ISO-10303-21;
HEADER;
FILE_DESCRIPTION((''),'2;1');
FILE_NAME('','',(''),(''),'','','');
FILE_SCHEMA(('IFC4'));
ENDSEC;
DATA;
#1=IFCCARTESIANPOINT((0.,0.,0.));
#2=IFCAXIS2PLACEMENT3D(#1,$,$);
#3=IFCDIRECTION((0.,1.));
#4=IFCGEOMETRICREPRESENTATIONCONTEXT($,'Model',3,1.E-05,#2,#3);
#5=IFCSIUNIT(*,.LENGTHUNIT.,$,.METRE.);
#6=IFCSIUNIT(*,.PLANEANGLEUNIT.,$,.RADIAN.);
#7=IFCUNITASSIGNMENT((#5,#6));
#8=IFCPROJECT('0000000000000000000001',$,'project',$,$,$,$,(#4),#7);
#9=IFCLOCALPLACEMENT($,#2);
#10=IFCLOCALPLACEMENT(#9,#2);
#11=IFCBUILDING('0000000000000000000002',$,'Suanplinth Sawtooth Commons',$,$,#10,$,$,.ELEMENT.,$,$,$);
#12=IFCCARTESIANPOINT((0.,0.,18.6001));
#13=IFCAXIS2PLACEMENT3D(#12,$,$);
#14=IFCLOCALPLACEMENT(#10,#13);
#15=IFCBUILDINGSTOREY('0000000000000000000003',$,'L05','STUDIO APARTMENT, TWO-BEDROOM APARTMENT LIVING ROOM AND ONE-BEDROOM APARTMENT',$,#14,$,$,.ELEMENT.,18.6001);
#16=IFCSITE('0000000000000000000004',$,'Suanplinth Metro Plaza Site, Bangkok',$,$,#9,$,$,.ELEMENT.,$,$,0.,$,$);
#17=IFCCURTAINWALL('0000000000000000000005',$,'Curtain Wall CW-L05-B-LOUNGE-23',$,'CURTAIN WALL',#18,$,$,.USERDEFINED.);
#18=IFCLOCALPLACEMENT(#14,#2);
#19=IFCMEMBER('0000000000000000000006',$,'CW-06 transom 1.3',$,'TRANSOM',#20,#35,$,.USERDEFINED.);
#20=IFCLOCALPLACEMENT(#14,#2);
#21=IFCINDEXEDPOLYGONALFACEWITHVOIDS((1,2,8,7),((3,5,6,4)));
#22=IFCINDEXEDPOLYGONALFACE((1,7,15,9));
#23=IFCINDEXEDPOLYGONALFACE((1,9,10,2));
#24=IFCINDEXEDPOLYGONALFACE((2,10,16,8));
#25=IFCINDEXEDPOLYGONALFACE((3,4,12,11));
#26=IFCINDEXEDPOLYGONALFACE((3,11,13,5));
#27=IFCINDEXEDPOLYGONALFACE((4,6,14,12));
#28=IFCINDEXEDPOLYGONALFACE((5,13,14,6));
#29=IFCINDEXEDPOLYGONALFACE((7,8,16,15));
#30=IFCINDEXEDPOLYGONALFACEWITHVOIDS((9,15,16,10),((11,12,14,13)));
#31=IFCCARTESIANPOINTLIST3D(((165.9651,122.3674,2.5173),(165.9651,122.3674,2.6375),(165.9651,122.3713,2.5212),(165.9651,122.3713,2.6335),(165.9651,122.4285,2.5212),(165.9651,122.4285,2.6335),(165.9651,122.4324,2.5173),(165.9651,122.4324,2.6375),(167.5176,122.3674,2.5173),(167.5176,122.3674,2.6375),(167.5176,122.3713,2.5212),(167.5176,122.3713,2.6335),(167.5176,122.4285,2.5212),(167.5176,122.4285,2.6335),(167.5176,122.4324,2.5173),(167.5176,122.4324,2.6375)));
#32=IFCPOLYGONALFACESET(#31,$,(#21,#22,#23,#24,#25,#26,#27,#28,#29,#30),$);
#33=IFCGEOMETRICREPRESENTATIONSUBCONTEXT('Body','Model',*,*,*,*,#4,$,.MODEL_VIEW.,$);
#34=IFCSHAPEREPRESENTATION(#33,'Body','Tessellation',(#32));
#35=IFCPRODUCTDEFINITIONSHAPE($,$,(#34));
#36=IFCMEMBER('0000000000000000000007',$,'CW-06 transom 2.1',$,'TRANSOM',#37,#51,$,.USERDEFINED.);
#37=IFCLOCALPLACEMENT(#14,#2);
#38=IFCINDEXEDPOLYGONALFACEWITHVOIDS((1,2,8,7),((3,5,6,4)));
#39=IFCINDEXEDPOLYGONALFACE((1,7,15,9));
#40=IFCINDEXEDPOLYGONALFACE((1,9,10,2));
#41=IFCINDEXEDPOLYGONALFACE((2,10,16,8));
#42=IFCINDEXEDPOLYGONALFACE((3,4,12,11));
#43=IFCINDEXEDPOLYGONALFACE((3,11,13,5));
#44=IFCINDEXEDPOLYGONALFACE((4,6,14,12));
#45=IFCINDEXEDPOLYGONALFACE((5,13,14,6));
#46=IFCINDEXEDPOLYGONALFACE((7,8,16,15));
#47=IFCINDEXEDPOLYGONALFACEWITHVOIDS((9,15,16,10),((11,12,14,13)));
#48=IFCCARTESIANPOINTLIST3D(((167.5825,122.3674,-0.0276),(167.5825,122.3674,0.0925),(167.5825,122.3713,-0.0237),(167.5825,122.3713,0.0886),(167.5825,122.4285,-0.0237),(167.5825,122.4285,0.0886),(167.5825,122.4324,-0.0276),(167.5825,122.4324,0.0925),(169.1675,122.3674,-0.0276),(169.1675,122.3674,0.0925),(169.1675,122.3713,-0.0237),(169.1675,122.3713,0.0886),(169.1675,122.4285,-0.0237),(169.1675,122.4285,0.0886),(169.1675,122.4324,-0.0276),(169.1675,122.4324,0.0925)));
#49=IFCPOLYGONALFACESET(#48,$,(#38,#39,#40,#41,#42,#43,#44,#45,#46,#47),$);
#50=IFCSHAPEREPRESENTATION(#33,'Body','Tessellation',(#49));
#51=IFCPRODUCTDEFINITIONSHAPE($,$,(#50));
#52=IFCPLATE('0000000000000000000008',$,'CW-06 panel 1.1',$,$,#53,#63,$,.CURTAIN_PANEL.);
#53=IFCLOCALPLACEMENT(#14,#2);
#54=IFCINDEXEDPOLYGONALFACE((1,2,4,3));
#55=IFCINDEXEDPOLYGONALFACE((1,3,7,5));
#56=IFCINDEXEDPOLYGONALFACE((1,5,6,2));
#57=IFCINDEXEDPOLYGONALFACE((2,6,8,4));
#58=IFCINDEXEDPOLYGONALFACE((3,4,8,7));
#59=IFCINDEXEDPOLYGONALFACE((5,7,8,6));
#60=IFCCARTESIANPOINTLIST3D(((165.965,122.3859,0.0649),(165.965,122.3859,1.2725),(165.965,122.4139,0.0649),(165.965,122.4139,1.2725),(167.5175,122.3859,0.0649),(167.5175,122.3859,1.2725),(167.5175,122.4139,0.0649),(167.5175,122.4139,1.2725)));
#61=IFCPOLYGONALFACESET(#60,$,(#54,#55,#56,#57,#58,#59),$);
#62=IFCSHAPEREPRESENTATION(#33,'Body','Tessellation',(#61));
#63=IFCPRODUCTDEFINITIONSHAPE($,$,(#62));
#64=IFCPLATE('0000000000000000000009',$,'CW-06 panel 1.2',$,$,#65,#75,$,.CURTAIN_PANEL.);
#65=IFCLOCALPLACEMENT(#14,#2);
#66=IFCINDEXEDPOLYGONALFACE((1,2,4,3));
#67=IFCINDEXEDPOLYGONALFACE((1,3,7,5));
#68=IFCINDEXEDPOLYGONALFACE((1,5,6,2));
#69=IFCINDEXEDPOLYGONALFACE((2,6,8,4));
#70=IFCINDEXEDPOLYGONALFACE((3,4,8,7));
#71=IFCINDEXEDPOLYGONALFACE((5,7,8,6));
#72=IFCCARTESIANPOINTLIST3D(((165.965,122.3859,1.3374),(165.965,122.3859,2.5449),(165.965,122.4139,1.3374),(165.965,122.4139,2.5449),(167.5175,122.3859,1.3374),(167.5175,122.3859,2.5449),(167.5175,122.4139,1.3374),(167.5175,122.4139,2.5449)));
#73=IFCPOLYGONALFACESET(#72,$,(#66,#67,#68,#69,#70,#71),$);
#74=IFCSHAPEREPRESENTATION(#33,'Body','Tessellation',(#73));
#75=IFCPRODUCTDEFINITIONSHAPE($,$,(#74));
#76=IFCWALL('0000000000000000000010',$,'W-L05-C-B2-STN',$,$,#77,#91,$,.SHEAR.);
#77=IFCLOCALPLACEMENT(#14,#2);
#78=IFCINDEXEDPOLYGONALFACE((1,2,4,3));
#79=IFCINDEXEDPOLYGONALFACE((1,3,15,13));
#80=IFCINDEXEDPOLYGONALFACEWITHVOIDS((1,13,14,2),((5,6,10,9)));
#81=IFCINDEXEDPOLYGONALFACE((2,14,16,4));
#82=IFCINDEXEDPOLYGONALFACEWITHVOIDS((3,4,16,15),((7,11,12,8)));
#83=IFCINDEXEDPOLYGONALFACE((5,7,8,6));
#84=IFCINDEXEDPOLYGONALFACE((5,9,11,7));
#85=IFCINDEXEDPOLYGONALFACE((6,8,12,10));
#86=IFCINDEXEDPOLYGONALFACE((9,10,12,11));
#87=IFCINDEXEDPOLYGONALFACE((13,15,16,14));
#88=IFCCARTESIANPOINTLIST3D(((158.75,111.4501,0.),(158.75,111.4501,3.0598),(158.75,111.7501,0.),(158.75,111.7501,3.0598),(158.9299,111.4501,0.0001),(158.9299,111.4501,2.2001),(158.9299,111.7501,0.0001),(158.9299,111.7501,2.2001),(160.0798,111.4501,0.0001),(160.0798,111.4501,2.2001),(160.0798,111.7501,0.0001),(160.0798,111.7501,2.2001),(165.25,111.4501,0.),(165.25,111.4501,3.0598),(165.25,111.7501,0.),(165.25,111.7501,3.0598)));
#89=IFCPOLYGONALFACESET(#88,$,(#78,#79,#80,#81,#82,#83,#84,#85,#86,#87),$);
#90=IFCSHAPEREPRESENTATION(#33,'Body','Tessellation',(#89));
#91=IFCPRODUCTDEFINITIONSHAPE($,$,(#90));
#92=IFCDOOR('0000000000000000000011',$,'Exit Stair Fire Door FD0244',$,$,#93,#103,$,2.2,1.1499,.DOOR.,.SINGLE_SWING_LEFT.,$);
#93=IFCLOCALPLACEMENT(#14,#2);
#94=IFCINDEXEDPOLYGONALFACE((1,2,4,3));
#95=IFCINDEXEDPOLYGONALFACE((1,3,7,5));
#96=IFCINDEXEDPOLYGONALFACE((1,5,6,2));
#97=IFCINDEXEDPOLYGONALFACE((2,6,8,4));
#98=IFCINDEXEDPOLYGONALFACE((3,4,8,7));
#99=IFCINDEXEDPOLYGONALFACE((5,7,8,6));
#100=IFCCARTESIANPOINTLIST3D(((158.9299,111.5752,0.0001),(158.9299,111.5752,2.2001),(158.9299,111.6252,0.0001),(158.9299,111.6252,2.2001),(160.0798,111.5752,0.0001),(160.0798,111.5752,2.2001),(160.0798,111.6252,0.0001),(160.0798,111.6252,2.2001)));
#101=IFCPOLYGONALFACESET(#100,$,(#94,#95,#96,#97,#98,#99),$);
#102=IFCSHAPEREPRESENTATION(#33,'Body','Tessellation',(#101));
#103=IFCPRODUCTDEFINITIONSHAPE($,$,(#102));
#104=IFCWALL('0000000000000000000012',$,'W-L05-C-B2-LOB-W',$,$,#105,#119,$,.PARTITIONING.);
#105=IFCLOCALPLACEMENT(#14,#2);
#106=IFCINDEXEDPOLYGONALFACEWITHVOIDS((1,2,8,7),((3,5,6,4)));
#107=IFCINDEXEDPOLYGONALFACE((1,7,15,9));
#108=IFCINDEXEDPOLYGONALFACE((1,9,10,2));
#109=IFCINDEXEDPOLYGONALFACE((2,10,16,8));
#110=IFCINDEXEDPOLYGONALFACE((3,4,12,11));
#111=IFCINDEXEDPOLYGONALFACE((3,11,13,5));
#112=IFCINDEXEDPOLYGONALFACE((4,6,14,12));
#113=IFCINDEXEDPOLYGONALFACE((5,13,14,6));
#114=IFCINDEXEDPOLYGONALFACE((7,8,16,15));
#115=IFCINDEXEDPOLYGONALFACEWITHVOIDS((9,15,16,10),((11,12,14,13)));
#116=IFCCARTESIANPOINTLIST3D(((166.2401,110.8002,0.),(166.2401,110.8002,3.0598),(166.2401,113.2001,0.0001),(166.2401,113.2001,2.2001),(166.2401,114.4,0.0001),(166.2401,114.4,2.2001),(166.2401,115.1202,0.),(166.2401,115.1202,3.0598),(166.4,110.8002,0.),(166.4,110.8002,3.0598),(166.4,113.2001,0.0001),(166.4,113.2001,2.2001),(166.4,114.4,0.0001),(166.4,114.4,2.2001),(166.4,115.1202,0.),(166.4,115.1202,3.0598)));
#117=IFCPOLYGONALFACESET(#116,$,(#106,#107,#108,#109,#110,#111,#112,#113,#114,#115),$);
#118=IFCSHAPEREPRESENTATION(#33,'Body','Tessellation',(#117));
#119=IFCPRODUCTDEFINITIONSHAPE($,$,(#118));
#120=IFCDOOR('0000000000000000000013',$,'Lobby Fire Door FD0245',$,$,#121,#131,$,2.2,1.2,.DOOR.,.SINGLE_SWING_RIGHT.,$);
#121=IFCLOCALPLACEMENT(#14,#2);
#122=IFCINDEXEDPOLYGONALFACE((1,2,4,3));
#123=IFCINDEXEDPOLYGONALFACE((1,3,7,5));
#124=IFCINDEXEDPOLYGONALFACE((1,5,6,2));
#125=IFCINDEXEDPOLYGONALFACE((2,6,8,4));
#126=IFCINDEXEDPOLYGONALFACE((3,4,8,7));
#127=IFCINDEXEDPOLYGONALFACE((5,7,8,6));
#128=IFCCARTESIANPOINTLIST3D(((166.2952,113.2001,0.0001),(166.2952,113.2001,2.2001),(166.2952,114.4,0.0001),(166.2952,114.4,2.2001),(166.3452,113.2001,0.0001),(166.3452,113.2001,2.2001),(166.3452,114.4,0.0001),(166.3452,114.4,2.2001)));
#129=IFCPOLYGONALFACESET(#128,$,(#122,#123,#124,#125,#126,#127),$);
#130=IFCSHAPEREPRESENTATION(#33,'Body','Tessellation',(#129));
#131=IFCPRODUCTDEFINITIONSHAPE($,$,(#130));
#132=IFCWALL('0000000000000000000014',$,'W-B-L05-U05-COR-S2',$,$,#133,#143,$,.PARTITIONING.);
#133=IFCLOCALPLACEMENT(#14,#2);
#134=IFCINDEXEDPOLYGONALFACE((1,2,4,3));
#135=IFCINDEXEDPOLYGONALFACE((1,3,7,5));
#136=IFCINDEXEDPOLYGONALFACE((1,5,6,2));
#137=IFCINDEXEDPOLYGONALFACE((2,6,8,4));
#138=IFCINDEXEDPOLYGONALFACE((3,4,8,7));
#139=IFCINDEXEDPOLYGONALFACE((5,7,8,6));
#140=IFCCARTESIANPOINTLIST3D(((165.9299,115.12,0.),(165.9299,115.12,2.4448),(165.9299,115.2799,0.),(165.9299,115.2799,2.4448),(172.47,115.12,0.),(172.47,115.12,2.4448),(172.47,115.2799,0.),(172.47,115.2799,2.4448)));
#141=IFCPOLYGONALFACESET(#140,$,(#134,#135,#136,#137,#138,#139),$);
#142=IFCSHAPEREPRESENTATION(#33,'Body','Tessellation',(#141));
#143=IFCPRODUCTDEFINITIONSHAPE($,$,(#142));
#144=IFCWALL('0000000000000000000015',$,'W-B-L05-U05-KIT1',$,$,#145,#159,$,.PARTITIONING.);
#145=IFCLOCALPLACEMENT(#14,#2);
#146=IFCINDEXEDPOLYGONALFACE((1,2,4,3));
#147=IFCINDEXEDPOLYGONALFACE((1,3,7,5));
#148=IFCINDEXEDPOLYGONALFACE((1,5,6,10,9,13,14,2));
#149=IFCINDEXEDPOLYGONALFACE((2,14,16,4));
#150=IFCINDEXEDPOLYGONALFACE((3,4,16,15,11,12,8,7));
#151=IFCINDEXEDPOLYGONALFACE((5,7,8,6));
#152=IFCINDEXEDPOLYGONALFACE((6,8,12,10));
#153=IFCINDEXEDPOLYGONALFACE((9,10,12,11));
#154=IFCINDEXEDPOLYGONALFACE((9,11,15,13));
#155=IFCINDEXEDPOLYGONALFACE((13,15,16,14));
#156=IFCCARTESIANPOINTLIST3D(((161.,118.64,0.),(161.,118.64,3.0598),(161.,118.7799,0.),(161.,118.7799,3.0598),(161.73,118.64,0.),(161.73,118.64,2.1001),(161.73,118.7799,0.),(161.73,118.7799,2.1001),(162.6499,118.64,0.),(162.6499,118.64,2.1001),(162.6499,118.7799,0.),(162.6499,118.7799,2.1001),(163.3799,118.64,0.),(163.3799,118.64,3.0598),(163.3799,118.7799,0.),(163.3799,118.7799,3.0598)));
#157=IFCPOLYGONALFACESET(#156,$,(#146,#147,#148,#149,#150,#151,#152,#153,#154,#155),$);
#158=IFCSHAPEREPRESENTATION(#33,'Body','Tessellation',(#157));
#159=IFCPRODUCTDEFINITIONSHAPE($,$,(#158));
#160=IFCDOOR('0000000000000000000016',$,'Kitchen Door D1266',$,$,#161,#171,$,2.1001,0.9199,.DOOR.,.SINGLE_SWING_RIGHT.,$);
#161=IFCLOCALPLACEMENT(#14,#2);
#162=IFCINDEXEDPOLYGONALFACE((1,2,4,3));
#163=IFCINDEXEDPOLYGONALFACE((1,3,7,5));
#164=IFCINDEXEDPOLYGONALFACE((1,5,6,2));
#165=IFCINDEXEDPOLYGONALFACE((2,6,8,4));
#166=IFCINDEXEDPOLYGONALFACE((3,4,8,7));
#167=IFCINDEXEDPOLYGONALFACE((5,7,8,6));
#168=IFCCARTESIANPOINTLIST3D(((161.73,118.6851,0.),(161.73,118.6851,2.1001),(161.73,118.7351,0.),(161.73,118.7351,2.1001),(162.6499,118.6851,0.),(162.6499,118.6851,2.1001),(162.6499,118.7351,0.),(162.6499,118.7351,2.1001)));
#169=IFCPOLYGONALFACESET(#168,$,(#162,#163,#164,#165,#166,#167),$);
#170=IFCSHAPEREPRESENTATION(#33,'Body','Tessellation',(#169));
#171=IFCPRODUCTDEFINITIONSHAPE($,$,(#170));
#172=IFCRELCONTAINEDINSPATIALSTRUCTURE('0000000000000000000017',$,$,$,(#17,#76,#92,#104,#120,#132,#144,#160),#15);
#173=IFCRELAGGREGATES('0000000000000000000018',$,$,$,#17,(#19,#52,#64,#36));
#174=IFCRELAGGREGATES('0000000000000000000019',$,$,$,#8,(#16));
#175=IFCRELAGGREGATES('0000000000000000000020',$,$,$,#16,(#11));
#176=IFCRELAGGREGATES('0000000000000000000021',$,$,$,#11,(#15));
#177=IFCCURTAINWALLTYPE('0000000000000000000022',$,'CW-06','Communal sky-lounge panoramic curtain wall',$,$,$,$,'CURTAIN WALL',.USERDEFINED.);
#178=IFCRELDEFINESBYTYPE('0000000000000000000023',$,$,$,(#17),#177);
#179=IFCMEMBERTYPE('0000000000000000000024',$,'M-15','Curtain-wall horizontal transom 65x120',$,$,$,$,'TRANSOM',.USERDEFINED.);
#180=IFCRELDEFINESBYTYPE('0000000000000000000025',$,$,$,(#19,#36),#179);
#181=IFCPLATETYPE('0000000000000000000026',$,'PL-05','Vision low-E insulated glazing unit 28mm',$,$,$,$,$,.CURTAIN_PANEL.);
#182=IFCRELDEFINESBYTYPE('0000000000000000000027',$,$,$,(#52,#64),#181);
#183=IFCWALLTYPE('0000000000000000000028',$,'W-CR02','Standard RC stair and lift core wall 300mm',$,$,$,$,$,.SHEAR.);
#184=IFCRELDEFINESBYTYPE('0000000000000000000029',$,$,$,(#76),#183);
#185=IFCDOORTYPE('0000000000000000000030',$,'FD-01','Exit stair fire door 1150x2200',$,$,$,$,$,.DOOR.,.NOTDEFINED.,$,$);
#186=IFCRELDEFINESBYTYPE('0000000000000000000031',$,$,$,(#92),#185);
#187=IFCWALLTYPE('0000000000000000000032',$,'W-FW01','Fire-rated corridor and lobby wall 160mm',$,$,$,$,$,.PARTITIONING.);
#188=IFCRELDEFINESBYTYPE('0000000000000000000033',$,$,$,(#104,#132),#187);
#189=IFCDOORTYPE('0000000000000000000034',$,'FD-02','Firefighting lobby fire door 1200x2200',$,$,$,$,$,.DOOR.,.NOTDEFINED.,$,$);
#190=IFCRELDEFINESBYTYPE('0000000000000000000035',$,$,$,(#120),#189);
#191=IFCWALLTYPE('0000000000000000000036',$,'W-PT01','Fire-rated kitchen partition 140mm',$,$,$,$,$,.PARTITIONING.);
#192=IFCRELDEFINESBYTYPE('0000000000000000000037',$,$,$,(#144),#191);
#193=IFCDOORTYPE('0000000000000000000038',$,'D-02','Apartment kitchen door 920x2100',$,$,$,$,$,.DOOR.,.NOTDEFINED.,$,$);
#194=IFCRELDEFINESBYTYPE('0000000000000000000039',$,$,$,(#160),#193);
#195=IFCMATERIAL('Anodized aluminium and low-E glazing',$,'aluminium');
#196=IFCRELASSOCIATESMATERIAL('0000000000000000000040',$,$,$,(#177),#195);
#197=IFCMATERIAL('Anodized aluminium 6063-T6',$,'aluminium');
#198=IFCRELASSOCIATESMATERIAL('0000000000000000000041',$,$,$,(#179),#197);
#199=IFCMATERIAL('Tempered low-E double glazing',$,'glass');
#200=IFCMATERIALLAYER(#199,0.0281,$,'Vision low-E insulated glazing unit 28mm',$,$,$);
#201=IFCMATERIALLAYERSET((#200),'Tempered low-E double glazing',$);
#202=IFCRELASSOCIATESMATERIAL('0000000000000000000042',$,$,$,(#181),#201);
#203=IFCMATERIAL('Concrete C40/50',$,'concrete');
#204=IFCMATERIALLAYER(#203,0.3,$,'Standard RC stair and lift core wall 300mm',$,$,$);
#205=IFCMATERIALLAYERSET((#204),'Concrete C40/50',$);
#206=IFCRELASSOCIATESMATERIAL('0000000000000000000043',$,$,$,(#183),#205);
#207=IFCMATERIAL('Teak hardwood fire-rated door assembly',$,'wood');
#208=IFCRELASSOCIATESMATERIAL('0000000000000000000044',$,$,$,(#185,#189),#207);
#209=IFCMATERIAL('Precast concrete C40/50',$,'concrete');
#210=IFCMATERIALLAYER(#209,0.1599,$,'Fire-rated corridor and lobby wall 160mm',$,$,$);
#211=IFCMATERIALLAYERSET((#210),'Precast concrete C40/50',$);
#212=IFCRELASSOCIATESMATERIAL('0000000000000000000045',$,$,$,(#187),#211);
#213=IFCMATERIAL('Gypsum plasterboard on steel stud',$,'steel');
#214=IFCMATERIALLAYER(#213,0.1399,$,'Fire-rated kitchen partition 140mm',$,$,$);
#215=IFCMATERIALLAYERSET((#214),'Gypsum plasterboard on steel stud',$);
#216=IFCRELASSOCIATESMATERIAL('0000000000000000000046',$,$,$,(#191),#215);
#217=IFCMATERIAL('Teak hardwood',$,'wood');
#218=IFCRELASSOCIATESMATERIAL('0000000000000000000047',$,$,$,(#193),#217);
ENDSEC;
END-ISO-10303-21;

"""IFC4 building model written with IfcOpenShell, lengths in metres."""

from ifc_helpers import new_model, si_unit, direction, frame, frame_2d, origin, origin_2d, place, context, subcontext, project, spatial, rectangle, hollow_rectangle, extrude, material, layer, layer_set, material_profile, profile_set, type_object, element, fill, aggregate, save


model = new_model("IFC4")

# Units and contexts
model_context = context("Model", 3, precision=1e-05, world=origin(), true_north=direction((0.0, 1.0)))
body_context = subcontext(model_context, "Body", "Model", "MODEL_VIEW")
ifc_project = project(units=[si_unit("LENGTHUNIT", "METRE"), si_unit("PLANEANGLEUNIT", "RADIAN")], contexts=[model_context])

# Site, building, storey
site_placement = place(None, origin())
site = spatial("IfcSite", under=ifc_project, at=site_placement, Name="Suanplinth Metro Plaza Site, Bangkok", CompositionType="ELEMENT", RefElevation=0.0)
building_placement = place(site_placement, origin())
building = spatial("IfcBuilding", under=site, at=building_placement, Name="Suanplinth Sawtooth Commons", CompositionType="ELEMENT")
storey_placement = place(building_placement, frame((0.0, 0.0, 18.6001)))
storey = spatial("IfcBuildingStorey", under=building, at=storey_placement, Name="L05", Description="STUDIO APARTMENT, TWO-BEDROOM APARTMENT LIVING ROOM AND ONE-BEDROOM APARTMENT", CompositionType="ELEMENT", Elevation=18.6001)

# Shared definitions
ifc_material_1 = material(Name="Precast concrete C40/50", Category="concrete")

# Curtain wall, members, plates
ifc_material_2 = material(Name="Anodized aluminium and low-E glazing", Category="aluminium")
curtain_wall_type = type_object("IfcCurtainWallType", Name="CW-06", Description="Communal sky-lounge panoramic curtain wall", ElementType="CURTAIN WALL", PredefinedType="USERDEFINED", material=ifc_material_2)
curtain_wall_placement = place(storey_placement, origin())
curtain_wall = element("IfcCurtainWall", 1, at=curtain_wall_placement, inside=storey, type_object=curtain_wall_type, Name="Curtain Wall CW-L05-B-LOUNGE-23", ObjectType="CURTAIN WALL", PredefinedType="USERDEFINED")
ifc_material_3 = material(Name="Anodized aluminium 6063-T6", Category="aluminium")
ifc_material_profile_1 = material_profile(ifc_material_3, hollow_rectangle(XDim=0.0649, YDim=0.1201, WallThickness=0.0039, at=origin_2d()), Name="ALU-TRN 65x120")
ifc_profile_set_1 = profile_set([ifc_material_profile_1], Name="Anodized aluminium 6063-T6")
member_type_1 = type_object("IfcMemberType", Name="M-15", Description="Curtain-wall horizontal transom 65x120", ElementType="TRANSOM", PredefinedType="USERDEFINED", material=ifc_profile_set_1)
member_1_placement = place(storey_placement, frame((165.9651, 122.3999, 2.5774), z_axis=(1.0, 0.0, 0.0), x_axis=(0.0, 1.0, 0.0)))
member_1 = element("IfcMember", 2, at=member_1_placement, type_object=member_type_1, Name="CW-06 transom 1.3", ObjectType="TRANSOM", PredefinedType="USERDEFINED", context=body_context, shape_type="SweptSolid", body=[
    extrude(hollow_rectangle(XDim=0.0649, YDim=0.1201, WallThickness=0.0039, at=origin_2d()), origin(), (0.0, 0.0, 1.0), 1.5525),
])
member_2_placement = place(storey_placement, frame((167.5825, 122.3999, 0.0325), z_axis=(1.0, 0.0, 0.0), x_axis=(0.0, 1.0, 0.0)))
member_2 = element("IfcMember", 3, at=member_2_placement, type_object=member_type_1, Name="CW-06 transom 2.1", ObjectType="TRANSOM", PredefinedType="USERDEFINED", context=body_context, shape_type="SweptSolid", body=[
    extrude(hollow_rectangle(XDim=0.0649, YDim=0.1201, WallThickness=0.0039, at=origin_2d()), origin(), (0.0, 0.0, 1.0), 1.585),
])
ifc_material_4 = material(Name="Tempered low-E double glazing", Category="glass")
ifc_layer_1 = layer(ifc_material_4, 0.0281, Name="Vision low-E insulated glazing unit 28mm")
ifc_layer_set_1 = layer_set([ifc_layer_1], Name="Tempered low-E double glazing")
plate_type = type_object("IfcPlateType", Name="PL-05", Description="Vision low-E insulated glazing unit 28mm", PredefinedType="CURTAIN_PANEL", material=ifc_layer_set_1)
plate_1_placement = place(storey_placement, frame((166.7412, 122.3999, 0.0649), z_axis=(0.0, 0.0, 1.0), x_axis=(1.0, 0.0, 0.0)))
plate_1 = element("IfcPlate", 4, at=plate_1_placement, type_object=plate_type, Name="CW-06 panel 1.1", PredefinedType="CURTAIN_PANEL", context=body_context, shape_type="SweptSolid", body=[
    extrude(rectangle(XDim=1.5525, YDim=0.0281, at=origin_2d()), origin(), (0.0, 0.0, 1.0), 1.2075),
])
plate_2_placement = place(storey_placement, frame((166.7412, 122.3999, 1.3374), z_axis=(0.0, 0.0, 1.0), x_axis=(1.0, 0.0, 0.0)))
plate_2 = element("IfcPlate", 5, at=plate_2_placement, type_object=plate_type, Name="CW-06 panel 1.2", PredefinedType="CURTAIN_PANEL", context=body_context, shape_type="SweptSolid", body=[
    extrude(rectangle(XDim=1.5525, YDim=0.0281, at=origin_2d()), origin(), (0.0, 0.0, 1.0), 1.2075),
])
aggregate(curtain_wall, [member_1, plate_1, plate_2, member_2])

# Wall, opening, door
ifc_material_5 = material(Name="Concrete C40/50", Category="concrete")
ifc_layer_2 = layer(ifc_material_5, 0.3, Name="Standard RC stair and lift core wall 300mm")
ifc_layer_set_2 = layer_set([ifc_layer_2], Name="Concrete C40/50")
wall_type_1 = type_object("IfcWallType", Name="W-CR02", Description="Standard RC stair and lift core wall 300mm", PredefinedType="SHEAR", material=ifc_layer_set_2)
wall_1_placement = place(storey_placement, frame((158.75, 111.6001, 0.0), z_axis=(0.0, 0.0, 1.0), x_axis=(1.0, 0.0, 0.0)))
wall_1 = element("IfcWall", 6, at=wall_1_placement, inside=storey, type_object=wall_type_1, Name="W-L05-C-B2-STN", PredefinedType="SHEAR", context=body_context, shape_type="SweptSolid", body=[
    extrude(rectangle(XDim=6.5, YDim=0.3, at=frame_2d((3.25, 0.0))), origin(), (0.0, 0.0, 1.0), 3.0598),
])
opening_1_placement = place(wall_1_placement, frame((0.1799, 0.0, 0.0)))
opening_1 = element("IfcOpeningElement", 7, at=opening_1_placement, cuts=wall_1, PredefinedType="OPENING", context=body_context, shape_type="SweptSolid", body=[
    extrude(rectangle(XDim=1.1499, YDim=2.2, at=frame_2d((0.575, 1.1001))), frame((0.0, 0.165, 0.0), z_axis=(0.0, -1.0, 0.0), x_axis=(1.0, 0.0, 0.0)), (0.0, 0.0, 1.0), 0.3298),
])
ifc_material_6 = material(Name="Teak hardwood fire-rated door assembly", Category="wood")
door_type_1 = type_object("IfcDoorType", Name="FD-01", Description="Exit stair fire door 1150x2200", OperationType="NOTDEFINED", PredefinedType="DOOR", material=ifc_material_6)
door_1_placement = place(opening_1_placement, frame((1.1499, 0.0, 0.0), z_axis=(0.0, 0.0, 1.0), x_axis=(-1.0, 0.0, 0.0)))
door_1 = element("IfcDoor", 8, at=door_1_placement, inside=storey, type_object=door_type_1, Name="Exit Stair Fire Door FD0244", OperationType="SINGLE_SWING_LEFT", OverallHeight=2.2, OverallWidth=1.1499, PredefinedType="DOOR", context=body_context, shape_type="SweptSolid", body=[
    extrude(rectangle(XDim=1.1499, YDim=2.2, at=frame_2d((0.575, 1.1001))), frame((0.0, 0.0249, 0.0), z_axis=(0.0, -1.0, 0.0), x_axis=(1.0, 0.0, 0.0)), (0.0, 0.0, 1.0), 0.05),
])
fill(opening_1, door_1)

# Wall, opening, door
ifc_layer_3 = layer(ifc_material_1, 0.1599, Name="Fire-rated corridor and lobby wall 160mm")
ifc_layer_set_3 = layer_set([ifc_layer_3], Name="Precast concrete C40/50")
wall_type_2 = type_object("IfcWallType", Name="W-FW01", Description="Fire-rated corridor and lobby wall 160mm", PredefinedType="PARTITIONING", material=ifc_layer_set_3)
wall_2_placement = place(storey_placement, frame((166.3201, 110.8, 0.0), z_axis=(0.0, 0.0, 1.0), x_axis=(0.0, 1.0, 0.0)))
wall_2 = element("IfcWall", 9, at=wall_2_placement, inside=storey, type_object=wall_type_2, Name="W-L05-C-B2-LOB-W", PredefinedType="PARTITIONING", context=body_context, shape_type="SweptSolid", body=[
    extrude(rectangle(XDim=4.3201, YDim=0.1599, at=frame_2d((2.1602, 0.0))), origin(), (0.0, 0.0, 1.0), 3.0598),
])
opening_2_placement = place(wall_2_placement, frame((2.3999, 0.0, 0.0)))
opening_2 = element("IfcOpeningElement", 10, at=opening_2_placement, cuts=wall_2, PredefinedType="OPENING", context=body_context, shape_type="SweptSolid", body=[
    extrude(rectangle(XDim=1.2, YDim=2.2, at=frame_2d((0.6001, 1.1001))), frame((0.0, 0.0947, 0.0), z_axis=(0.0, -1.0, 0.0), x_axis=(1.0, 0.0, 0.0)), (0.0, 0.0, 1.0), 0.1897),
])
door_type_2 = type_object("IfcDoorType", Name="FD-02", Description="Firefighting lobby fire door 1200x2200", OperationType="NOTDEFINED", PredefinedType="DOOR", material=ifc_material_6)
door_2_placement = place(opening_2_placement, origin())
door_2 = element("IfcDoor", 11, at=door_2_placement, inside=storey, type_object=door_type_2, Name="Lobby Fire Door FD0245", OperationType="SINGLE_SWING_RIGHT", OverallHeight=2.2, OverallWidth=1.2, PredefinedType="DOOR", context=body_context, shape_type="SweptSolid", body=[
    extrude(rectangle(XDim=1.2, YDim=2.2, at=frame_2d((0.6001, 1.1001))), frame((0.0, 0.0249, 0.0), z_axis=(0.0, -1.0, 0.0), x_axis=(1.0, 0.0, 0.0)), (0.0, 0.0, 1.0), 0.05),
])
fill(opening_2, door_2)

# Wall
wall_3_placement = place(storey_placement, frame((165.9299, 115.2, 0.0), z_axis=(0.0, 0.0, 1.0), x_axis=(1.0, 0.0, 0.0)))
element("IfcWall", 12, at=wall_3_placement, inside=storey, type_object=wall_type_2, Name="W-B-L05-U05-COR-S2", PredefinedType="PARTITIONING", context=body_context, shape_type="SweptSolid", body=[
    extrude(rectangle(XDim=6.54, YDim=0.1599, at=frame_2d((3.27, 0.0))), origin(), (0.0, 0.0, 1.0), 2.4448),
])

# Wall, opening, door
ifc_material_7 = material(Name="Gypsum plasterboard on steel stud", Category="steel")
ifc_layer_4 = layer(ifc_material_7, 0.1399, Name="Fire-rated kitchen partition 140mm")
ifc_layer_set_4 = layer_set([ifc_layer_4], Name="Gypsum plasterboard on steel stud")
wall_type_3 = type_object("IfcWallType", Name="W-PT01", Description="Fire-rated kitchen partition 140mm", PredefinedType="PARTITIONING", material=ifc_layer_set_4)
wall_4_placement = place(storey_placement, frame((161.0, 118.71, 0.0), z_axis=(0.0, 0.0, 1.0), x_axis=(1.0, 0.0, 0.0)))
wall_4 = element("IfcWall", 13, at=wall_4_placement, inside=storey, type_object=wall_type_3, Name="W-B-L05-U05-KIT1", PredefinedType="PARTITIONING", context=body_context, shape_type="SweptSolid", body=[
    extrude(rectangle(XDim=2.3799, YDim=0.1399, at=frame_2d((1.1899, 0.0))), origin(), (0.0, 0.0, 1.0), 3.0598),
])
opening_3_placement = place(wall_4_placement, frame((0.73, 0.0, 0.0)))
opening_3 = element("IfcOpeningElement", 14, at=opening_3_placement, cuts=wall_4, PredefinedType="OPENING", context=body_context, shape_type="SweptSolid", body=[
    extrude(rectangle(XDim=0.9199, YDim=2.1001, at=frame_2d((0.46, 1.05))), frame((0.0, 0.085, 0.0), z_axis=(0.0, -1.0, 0.0), x_axis=(1.0, 0.0, 0.0)), (0.0, 0.0, 1.0), 0.1697),
])
ifc_material_8 = material(Name="Teak hardwood", Category="wood")
door_type_3 = type_object("IfcDoorType", Name="D-02", Description="Apartment kitchen door 920x2100", OperationType="NOTDEFINED", PredefinedType="DOOR", material=ifc_material_8)
door_3_placement = place(opening_3_placement, frame((0.9199, 0.0, 0.0), z_axis=(0.0, 0.0, 1.0), x_axis=(-1.0, 0.0, 0.0)))
door_3 = element("IfcDoor", 15, at=door_3_placement, inside=storey, type_object=door_type_3, Name="Kitchen Door D1266", OperationType="SINGLE_SWING_RIGHT", OverallHeight=2.1001, OverallWidth=0.9199, PredefinedType="DOOR", context=body_context, shape_type="SweptSolid", body=[
    extrude(rectangle(XDim=0.9199, YDim=2.1001, at=frame_2d((0.46, 1.05))), frame((0.0, 0.0249, 0.0), z_axis=(0.0, -1.0, 0.0), x_axis=(1.0, 0.0, 0.0)), (0.0, 0.0, 1.0), 0.05),
])
fill(opening_3, door_3)

save(model, "model.ifc")
